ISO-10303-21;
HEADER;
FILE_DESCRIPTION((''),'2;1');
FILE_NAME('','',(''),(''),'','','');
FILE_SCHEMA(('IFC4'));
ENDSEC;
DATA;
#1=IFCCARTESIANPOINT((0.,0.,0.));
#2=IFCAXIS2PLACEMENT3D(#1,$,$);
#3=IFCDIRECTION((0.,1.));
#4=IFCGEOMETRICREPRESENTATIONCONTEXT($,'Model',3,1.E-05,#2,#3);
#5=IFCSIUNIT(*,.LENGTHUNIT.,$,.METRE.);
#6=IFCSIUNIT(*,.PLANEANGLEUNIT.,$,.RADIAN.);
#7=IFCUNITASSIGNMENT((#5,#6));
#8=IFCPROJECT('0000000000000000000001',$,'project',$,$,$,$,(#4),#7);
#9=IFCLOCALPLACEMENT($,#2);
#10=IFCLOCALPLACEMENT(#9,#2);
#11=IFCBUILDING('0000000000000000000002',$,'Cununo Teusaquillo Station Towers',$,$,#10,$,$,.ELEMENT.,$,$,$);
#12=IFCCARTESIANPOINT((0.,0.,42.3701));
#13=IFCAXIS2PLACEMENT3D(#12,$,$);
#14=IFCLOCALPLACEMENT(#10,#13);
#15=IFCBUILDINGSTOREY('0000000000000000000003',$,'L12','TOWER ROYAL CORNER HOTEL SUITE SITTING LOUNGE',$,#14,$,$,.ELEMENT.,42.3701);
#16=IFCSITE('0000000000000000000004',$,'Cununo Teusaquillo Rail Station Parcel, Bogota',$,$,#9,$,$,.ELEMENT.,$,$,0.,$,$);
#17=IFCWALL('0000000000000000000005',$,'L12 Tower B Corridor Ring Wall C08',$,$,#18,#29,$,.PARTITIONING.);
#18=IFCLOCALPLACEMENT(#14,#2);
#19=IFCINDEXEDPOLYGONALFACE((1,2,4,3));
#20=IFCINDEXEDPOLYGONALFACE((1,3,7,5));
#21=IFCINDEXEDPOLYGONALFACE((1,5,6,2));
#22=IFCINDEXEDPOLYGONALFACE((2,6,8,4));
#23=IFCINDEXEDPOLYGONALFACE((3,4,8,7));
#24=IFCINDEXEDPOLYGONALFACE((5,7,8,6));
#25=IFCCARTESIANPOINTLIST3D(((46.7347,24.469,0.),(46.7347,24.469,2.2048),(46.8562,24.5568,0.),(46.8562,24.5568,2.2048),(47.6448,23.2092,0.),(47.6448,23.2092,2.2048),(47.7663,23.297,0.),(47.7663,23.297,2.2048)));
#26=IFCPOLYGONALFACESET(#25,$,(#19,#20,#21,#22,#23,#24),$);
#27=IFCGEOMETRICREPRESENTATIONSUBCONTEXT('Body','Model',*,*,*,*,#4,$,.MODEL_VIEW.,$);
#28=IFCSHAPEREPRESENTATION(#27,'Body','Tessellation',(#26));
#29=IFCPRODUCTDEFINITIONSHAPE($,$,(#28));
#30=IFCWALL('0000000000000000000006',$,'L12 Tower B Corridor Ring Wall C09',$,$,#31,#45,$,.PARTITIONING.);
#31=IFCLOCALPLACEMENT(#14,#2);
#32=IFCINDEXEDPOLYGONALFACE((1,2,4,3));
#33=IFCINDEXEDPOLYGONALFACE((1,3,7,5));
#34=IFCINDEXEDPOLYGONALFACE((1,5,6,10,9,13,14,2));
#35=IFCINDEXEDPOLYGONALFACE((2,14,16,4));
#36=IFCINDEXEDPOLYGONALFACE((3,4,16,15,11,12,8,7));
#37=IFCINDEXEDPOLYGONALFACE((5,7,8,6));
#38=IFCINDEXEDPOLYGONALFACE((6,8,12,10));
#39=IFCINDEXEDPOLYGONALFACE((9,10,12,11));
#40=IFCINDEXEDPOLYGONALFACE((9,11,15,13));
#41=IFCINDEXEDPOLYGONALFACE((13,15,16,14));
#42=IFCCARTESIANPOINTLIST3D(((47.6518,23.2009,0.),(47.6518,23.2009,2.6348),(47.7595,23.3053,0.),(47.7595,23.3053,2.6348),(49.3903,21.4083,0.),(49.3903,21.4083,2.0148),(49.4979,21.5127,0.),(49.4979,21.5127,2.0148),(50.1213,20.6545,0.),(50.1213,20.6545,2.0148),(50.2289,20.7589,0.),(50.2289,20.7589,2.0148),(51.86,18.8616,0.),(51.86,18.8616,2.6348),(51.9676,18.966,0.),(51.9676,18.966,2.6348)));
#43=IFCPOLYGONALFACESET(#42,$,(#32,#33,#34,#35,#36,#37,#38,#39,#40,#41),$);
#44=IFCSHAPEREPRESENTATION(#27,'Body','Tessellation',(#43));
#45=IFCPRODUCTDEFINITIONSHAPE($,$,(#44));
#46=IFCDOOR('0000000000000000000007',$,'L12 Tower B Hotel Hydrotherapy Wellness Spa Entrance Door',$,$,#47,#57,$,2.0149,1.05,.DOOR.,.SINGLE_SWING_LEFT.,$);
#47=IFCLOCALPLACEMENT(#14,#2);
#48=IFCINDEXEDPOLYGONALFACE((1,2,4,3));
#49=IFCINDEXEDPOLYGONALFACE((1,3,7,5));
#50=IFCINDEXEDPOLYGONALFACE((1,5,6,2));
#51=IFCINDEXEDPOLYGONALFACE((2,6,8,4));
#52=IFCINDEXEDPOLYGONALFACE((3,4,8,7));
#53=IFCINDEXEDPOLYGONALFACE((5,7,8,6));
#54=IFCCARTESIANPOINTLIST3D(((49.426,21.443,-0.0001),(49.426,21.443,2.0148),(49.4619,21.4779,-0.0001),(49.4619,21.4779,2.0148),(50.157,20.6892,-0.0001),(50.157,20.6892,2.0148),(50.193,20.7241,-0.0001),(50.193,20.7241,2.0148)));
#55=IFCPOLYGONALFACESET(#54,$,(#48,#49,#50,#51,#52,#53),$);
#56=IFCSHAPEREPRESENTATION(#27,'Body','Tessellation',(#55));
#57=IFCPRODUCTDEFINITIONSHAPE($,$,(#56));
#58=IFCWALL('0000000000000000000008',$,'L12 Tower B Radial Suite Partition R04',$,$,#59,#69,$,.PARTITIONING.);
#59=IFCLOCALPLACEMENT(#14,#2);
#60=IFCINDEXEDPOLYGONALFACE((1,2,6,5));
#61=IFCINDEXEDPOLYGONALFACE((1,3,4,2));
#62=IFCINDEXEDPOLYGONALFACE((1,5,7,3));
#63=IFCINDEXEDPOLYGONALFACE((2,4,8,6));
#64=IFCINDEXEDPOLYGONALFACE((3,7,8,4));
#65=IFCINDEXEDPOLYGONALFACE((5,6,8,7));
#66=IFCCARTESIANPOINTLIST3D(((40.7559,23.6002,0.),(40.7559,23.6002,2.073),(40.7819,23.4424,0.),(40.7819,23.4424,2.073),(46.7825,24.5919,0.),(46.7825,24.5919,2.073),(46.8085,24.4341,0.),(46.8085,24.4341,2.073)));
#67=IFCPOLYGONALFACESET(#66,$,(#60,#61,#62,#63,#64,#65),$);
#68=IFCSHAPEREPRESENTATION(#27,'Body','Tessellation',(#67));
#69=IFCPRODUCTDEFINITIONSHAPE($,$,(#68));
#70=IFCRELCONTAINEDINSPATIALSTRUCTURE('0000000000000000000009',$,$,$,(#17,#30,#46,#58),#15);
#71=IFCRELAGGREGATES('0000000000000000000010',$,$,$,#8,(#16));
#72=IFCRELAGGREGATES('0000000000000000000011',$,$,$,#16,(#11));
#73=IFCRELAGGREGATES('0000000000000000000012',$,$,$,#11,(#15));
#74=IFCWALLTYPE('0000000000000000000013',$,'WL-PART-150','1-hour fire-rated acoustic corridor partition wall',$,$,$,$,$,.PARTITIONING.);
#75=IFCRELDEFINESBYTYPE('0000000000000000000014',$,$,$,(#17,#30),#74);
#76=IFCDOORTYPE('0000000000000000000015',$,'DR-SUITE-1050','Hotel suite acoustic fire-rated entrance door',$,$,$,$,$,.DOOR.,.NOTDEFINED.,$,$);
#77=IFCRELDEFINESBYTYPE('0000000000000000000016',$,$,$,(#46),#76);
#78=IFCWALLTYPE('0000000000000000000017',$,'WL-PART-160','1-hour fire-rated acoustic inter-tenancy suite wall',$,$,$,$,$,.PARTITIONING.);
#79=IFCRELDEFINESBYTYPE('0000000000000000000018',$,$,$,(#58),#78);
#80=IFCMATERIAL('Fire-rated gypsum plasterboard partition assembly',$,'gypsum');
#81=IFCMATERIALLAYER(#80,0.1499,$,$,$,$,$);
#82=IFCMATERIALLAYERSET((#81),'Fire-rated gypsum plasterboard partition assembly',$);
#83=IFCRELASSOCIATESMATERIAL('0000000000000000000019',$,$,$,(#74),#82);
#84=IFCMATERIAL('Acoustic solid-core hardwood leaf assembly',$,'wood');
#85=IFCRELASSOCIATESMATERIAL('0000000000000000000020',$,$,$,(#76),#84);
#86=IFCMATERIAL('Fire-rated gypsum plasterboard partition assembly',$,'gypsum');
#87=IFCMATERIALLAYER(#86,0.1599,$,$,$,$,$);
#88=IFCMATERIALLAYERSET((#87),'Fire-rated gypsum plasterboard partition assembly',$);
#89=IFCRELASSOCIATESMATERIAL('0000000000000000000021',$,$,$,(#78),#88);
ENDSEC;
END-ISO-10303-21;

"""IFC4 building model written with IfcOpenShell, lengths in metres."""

from ifc_helpers import new_model, si_unit, direction, frame, frame_2d, origin, place, context, subcontext, project, spatial, rectangle, extrude, source, transform, mapped, material, layer, layer_set, type_object, element, fill, save


model = new_model("IFC4")

# Units and contexts
model_context = context("Model", 3, precision=1e-05, world=origin(), true_north=direction((0.0, 1.0)))
body_context = subcontext(model_context, "Body", "Model", "MODEL_VIEW")
ifc_project = project(units=[si_unit("LENGTHUNIT", "METRE"), si_unit("PLANEANGLEUNIT", "RADIAN")], contexts=[model_context])

# Site, building, storey
site_placement = place(None, origin())
site = spatial("IfcSite", under=ifc_project, at=site_placement, Name="Cununo Teusaquillo Rail Station Parcel, Bogota", CompositionType="ELEMENT", RefElevation=0.0)
building_placement = place(site_placement, origin())
building = spatial("IfcBuilding", under=site, at=building_placement, Name="Cununo Teusaquillo Station Towers", CompositionType="ELEMENT")
storey_placement = place(building_placement, frame((0.0, 0.0, 42.3701)))
storey = spatial("IfcBuildingStorey", under=building, at=storey_placement, Name="L12", Description="TOWER ROYAL CORNER HOTEL SUITE SITTING LOUNGE", CompositionType="ELEMENT", Elevation=42.3701)

# Wall
ifc_material_1 = material(Name="Fire-rated gypsum plasterboard partition assembly", Category="gypsum")
ifc_layer_1 = layer(ifc_material_1, 0.1499)
ifc_layer_set_1 = layer_set([ifc_layer_1], Name="Fire-rated gypsum plasterboard partition assembly")
wall_type_1 = type_object("IfcWallType", Name="WL-PART-150", Description="1-hour fire-rated acoustic corridor partition wall", PredefinedType="PARTITIONING", material=ifc_layer_set_1)
wall_1_placement = place(storey_placement, frame((46.7954, 24.5129, 0.0), z_axis=(0.0, 0.0, 1.0), x_axis=(0.585628, -0.81058, 0.0)))
element("IfcWall", 1, at=wall_1_placement, inside=storey, type_object=wall_type_1, Name="L12 Tower B Corridor Ring Wall C08", PredefinedType="PARTITIONING", context=body_context, shape_type="SweptSolid", body=[
    extrude(rectangle(XDim=1.5542, YDim=0.1499, at=frame_2d((0.7771, 0.0))), origin(), (0.0, 0.0, 1.0), 2.2048),
])

# Wall, opening, door
wall_2_placement = place(storey_placement, frame((47.7056, 23.2532, 0.0), z_axis=(0.0, 0.0, 1.0), x_axis=(0.696179, -0.717868, 0.0)))
wall_2 = element("IfcWall", 2, at=wall_2_placement, inside=storey, type_object=wall_type_1, Name="L12 Tower B Corridor Ring Wall C09", PredefinedType="PARTITIONING", context=body_context, shape_type="SweptSolid", body=[
    extrude(rectangle(XDim=6.0447, YDim=0.1499, at=frame_2d((3.0225, 0.0))), origin(), (0.0, 0.0, 1.0), 2.6348),
])
shared_shape_1 = source(origin(), body_context, "Body", "SweptSolid", [
    extrude(rectangle(XDim=1.05, YDim=2.0149, at=frame_2d((0.5249, 1.0073))), frame((0.0, 0.085, 0.0), z_axis=(0.0, -1.0, 0.0), x_axis=(1.0, 0.0, 0.0)), (0.0, 0.0, 1.0), 0.1699),
])
opening_1_placement = place(wall_2_placement, frame((2.4973, 0.0, 0.0)))
opening_1 = element("IfcOpeningElement", 3, at=opening_1_placement, cuts=wall_2, PredefinedType="OPENING", context=body_context, shape_type="MappedRepresentation", body=[
    mapped(shared_shape_1, transform((0.0, 0.0, 0.0), x_axis=(1.0, 0.0, 0.0), y_axis=(0.0, 1.0, 0.0), z_axis=(0.0, 0.0, 1.0), scale=1.0)),
])
ifc_material_2 = material(Name="Acoustic solid-core hardwood leaf assembly", Category="wood")
door_type_1 = type_object("IfcDoorType", Name="DR-SUITE-1050", Description="Hotel suite acoustic fire-rated entrance door", OperationType="NOTDEFINED", PredefinedType="DOOR", material=ifc_material_2)
shared_shape_2 = source(origin(), body_context, "Body", "SweptSolid", [
    extrude(rectangle(XDim=1.05, YDim=2.0149, at=frame_2d((0.5249, 1.0073))), frame((0.0, 0.0249, 0.0), z_axis=(0.0, -1.0, 0.0), x_axis=(1.0, 0.0, 0.0)), (0.0, 0.0, 1.0), 0.05),
])
door_1_placement = place(opening_1_placement, origin())
door_1 = element("IfcDoor", 4, at=door_1_placement, inside=storey, type_object=door_type_1, Name="L12 Tower B Hotel Hydrotherapy Wellness Spa Entrance Door", OperationType="SINGLE_SWING_LEFT", OverallHeight=2.0149, OverallWidth=1.05, PredefinedType="DOOR", context=body_context, shape_type="MappedRepresentation", body=[
    mapped(shared_shape_2, transform((0.0, 0.0, 0.0), x_axis=(1.0, 0.0, 0.0), y_axis=(0.0, 1.0, 0.0), z_axis=(0.0, 0.0, 1.0), scale=1.0)),
])
fill(opening_1, door_1)

# Wall
ifc_material_3 = material(Name="Fire-rated gypsum plasterboard partition assembly", Category="gypsum")
ifc_layer_2 = layer(ifc_material_3, 0.1599)
ifc_layer_set_2 = layer_set([ifc_layer_2], Name="Fire-rated gypsum plasterboard partition assembly")
wall_type_2 = type_object("IfcWallType", Name="WL-PART-160", Description="1-hour fire-rated acoustic inter-tenancy suite wall", PredefinedType="PARTITIONING", material=ifc_layer_set_2)
wall_3_placement = place(storey_placement, frame((46.7954, 24.5129, 0.0), z_axis=(0.0, 0.0, 1.0), x_axis=(-0.98673, -0.16237, 0.0)))
element("IfcWall", 5, at=wall_3_placement, inside=storey, type_object=wall_type_2, Name="L12 Tower B Radial Suite Partition R04", PredefinedType="PARTITIONING", context=body_context, shape_type="SweptSolid", body=[
    extrude(rectangle(XDim=6.1077, YDim=0.1599, at=frame_2d((3.0537, 0.0))), origin(), (0.0, 0.0, 1.0), 2.073),
])

save(model, "model.ifc")
